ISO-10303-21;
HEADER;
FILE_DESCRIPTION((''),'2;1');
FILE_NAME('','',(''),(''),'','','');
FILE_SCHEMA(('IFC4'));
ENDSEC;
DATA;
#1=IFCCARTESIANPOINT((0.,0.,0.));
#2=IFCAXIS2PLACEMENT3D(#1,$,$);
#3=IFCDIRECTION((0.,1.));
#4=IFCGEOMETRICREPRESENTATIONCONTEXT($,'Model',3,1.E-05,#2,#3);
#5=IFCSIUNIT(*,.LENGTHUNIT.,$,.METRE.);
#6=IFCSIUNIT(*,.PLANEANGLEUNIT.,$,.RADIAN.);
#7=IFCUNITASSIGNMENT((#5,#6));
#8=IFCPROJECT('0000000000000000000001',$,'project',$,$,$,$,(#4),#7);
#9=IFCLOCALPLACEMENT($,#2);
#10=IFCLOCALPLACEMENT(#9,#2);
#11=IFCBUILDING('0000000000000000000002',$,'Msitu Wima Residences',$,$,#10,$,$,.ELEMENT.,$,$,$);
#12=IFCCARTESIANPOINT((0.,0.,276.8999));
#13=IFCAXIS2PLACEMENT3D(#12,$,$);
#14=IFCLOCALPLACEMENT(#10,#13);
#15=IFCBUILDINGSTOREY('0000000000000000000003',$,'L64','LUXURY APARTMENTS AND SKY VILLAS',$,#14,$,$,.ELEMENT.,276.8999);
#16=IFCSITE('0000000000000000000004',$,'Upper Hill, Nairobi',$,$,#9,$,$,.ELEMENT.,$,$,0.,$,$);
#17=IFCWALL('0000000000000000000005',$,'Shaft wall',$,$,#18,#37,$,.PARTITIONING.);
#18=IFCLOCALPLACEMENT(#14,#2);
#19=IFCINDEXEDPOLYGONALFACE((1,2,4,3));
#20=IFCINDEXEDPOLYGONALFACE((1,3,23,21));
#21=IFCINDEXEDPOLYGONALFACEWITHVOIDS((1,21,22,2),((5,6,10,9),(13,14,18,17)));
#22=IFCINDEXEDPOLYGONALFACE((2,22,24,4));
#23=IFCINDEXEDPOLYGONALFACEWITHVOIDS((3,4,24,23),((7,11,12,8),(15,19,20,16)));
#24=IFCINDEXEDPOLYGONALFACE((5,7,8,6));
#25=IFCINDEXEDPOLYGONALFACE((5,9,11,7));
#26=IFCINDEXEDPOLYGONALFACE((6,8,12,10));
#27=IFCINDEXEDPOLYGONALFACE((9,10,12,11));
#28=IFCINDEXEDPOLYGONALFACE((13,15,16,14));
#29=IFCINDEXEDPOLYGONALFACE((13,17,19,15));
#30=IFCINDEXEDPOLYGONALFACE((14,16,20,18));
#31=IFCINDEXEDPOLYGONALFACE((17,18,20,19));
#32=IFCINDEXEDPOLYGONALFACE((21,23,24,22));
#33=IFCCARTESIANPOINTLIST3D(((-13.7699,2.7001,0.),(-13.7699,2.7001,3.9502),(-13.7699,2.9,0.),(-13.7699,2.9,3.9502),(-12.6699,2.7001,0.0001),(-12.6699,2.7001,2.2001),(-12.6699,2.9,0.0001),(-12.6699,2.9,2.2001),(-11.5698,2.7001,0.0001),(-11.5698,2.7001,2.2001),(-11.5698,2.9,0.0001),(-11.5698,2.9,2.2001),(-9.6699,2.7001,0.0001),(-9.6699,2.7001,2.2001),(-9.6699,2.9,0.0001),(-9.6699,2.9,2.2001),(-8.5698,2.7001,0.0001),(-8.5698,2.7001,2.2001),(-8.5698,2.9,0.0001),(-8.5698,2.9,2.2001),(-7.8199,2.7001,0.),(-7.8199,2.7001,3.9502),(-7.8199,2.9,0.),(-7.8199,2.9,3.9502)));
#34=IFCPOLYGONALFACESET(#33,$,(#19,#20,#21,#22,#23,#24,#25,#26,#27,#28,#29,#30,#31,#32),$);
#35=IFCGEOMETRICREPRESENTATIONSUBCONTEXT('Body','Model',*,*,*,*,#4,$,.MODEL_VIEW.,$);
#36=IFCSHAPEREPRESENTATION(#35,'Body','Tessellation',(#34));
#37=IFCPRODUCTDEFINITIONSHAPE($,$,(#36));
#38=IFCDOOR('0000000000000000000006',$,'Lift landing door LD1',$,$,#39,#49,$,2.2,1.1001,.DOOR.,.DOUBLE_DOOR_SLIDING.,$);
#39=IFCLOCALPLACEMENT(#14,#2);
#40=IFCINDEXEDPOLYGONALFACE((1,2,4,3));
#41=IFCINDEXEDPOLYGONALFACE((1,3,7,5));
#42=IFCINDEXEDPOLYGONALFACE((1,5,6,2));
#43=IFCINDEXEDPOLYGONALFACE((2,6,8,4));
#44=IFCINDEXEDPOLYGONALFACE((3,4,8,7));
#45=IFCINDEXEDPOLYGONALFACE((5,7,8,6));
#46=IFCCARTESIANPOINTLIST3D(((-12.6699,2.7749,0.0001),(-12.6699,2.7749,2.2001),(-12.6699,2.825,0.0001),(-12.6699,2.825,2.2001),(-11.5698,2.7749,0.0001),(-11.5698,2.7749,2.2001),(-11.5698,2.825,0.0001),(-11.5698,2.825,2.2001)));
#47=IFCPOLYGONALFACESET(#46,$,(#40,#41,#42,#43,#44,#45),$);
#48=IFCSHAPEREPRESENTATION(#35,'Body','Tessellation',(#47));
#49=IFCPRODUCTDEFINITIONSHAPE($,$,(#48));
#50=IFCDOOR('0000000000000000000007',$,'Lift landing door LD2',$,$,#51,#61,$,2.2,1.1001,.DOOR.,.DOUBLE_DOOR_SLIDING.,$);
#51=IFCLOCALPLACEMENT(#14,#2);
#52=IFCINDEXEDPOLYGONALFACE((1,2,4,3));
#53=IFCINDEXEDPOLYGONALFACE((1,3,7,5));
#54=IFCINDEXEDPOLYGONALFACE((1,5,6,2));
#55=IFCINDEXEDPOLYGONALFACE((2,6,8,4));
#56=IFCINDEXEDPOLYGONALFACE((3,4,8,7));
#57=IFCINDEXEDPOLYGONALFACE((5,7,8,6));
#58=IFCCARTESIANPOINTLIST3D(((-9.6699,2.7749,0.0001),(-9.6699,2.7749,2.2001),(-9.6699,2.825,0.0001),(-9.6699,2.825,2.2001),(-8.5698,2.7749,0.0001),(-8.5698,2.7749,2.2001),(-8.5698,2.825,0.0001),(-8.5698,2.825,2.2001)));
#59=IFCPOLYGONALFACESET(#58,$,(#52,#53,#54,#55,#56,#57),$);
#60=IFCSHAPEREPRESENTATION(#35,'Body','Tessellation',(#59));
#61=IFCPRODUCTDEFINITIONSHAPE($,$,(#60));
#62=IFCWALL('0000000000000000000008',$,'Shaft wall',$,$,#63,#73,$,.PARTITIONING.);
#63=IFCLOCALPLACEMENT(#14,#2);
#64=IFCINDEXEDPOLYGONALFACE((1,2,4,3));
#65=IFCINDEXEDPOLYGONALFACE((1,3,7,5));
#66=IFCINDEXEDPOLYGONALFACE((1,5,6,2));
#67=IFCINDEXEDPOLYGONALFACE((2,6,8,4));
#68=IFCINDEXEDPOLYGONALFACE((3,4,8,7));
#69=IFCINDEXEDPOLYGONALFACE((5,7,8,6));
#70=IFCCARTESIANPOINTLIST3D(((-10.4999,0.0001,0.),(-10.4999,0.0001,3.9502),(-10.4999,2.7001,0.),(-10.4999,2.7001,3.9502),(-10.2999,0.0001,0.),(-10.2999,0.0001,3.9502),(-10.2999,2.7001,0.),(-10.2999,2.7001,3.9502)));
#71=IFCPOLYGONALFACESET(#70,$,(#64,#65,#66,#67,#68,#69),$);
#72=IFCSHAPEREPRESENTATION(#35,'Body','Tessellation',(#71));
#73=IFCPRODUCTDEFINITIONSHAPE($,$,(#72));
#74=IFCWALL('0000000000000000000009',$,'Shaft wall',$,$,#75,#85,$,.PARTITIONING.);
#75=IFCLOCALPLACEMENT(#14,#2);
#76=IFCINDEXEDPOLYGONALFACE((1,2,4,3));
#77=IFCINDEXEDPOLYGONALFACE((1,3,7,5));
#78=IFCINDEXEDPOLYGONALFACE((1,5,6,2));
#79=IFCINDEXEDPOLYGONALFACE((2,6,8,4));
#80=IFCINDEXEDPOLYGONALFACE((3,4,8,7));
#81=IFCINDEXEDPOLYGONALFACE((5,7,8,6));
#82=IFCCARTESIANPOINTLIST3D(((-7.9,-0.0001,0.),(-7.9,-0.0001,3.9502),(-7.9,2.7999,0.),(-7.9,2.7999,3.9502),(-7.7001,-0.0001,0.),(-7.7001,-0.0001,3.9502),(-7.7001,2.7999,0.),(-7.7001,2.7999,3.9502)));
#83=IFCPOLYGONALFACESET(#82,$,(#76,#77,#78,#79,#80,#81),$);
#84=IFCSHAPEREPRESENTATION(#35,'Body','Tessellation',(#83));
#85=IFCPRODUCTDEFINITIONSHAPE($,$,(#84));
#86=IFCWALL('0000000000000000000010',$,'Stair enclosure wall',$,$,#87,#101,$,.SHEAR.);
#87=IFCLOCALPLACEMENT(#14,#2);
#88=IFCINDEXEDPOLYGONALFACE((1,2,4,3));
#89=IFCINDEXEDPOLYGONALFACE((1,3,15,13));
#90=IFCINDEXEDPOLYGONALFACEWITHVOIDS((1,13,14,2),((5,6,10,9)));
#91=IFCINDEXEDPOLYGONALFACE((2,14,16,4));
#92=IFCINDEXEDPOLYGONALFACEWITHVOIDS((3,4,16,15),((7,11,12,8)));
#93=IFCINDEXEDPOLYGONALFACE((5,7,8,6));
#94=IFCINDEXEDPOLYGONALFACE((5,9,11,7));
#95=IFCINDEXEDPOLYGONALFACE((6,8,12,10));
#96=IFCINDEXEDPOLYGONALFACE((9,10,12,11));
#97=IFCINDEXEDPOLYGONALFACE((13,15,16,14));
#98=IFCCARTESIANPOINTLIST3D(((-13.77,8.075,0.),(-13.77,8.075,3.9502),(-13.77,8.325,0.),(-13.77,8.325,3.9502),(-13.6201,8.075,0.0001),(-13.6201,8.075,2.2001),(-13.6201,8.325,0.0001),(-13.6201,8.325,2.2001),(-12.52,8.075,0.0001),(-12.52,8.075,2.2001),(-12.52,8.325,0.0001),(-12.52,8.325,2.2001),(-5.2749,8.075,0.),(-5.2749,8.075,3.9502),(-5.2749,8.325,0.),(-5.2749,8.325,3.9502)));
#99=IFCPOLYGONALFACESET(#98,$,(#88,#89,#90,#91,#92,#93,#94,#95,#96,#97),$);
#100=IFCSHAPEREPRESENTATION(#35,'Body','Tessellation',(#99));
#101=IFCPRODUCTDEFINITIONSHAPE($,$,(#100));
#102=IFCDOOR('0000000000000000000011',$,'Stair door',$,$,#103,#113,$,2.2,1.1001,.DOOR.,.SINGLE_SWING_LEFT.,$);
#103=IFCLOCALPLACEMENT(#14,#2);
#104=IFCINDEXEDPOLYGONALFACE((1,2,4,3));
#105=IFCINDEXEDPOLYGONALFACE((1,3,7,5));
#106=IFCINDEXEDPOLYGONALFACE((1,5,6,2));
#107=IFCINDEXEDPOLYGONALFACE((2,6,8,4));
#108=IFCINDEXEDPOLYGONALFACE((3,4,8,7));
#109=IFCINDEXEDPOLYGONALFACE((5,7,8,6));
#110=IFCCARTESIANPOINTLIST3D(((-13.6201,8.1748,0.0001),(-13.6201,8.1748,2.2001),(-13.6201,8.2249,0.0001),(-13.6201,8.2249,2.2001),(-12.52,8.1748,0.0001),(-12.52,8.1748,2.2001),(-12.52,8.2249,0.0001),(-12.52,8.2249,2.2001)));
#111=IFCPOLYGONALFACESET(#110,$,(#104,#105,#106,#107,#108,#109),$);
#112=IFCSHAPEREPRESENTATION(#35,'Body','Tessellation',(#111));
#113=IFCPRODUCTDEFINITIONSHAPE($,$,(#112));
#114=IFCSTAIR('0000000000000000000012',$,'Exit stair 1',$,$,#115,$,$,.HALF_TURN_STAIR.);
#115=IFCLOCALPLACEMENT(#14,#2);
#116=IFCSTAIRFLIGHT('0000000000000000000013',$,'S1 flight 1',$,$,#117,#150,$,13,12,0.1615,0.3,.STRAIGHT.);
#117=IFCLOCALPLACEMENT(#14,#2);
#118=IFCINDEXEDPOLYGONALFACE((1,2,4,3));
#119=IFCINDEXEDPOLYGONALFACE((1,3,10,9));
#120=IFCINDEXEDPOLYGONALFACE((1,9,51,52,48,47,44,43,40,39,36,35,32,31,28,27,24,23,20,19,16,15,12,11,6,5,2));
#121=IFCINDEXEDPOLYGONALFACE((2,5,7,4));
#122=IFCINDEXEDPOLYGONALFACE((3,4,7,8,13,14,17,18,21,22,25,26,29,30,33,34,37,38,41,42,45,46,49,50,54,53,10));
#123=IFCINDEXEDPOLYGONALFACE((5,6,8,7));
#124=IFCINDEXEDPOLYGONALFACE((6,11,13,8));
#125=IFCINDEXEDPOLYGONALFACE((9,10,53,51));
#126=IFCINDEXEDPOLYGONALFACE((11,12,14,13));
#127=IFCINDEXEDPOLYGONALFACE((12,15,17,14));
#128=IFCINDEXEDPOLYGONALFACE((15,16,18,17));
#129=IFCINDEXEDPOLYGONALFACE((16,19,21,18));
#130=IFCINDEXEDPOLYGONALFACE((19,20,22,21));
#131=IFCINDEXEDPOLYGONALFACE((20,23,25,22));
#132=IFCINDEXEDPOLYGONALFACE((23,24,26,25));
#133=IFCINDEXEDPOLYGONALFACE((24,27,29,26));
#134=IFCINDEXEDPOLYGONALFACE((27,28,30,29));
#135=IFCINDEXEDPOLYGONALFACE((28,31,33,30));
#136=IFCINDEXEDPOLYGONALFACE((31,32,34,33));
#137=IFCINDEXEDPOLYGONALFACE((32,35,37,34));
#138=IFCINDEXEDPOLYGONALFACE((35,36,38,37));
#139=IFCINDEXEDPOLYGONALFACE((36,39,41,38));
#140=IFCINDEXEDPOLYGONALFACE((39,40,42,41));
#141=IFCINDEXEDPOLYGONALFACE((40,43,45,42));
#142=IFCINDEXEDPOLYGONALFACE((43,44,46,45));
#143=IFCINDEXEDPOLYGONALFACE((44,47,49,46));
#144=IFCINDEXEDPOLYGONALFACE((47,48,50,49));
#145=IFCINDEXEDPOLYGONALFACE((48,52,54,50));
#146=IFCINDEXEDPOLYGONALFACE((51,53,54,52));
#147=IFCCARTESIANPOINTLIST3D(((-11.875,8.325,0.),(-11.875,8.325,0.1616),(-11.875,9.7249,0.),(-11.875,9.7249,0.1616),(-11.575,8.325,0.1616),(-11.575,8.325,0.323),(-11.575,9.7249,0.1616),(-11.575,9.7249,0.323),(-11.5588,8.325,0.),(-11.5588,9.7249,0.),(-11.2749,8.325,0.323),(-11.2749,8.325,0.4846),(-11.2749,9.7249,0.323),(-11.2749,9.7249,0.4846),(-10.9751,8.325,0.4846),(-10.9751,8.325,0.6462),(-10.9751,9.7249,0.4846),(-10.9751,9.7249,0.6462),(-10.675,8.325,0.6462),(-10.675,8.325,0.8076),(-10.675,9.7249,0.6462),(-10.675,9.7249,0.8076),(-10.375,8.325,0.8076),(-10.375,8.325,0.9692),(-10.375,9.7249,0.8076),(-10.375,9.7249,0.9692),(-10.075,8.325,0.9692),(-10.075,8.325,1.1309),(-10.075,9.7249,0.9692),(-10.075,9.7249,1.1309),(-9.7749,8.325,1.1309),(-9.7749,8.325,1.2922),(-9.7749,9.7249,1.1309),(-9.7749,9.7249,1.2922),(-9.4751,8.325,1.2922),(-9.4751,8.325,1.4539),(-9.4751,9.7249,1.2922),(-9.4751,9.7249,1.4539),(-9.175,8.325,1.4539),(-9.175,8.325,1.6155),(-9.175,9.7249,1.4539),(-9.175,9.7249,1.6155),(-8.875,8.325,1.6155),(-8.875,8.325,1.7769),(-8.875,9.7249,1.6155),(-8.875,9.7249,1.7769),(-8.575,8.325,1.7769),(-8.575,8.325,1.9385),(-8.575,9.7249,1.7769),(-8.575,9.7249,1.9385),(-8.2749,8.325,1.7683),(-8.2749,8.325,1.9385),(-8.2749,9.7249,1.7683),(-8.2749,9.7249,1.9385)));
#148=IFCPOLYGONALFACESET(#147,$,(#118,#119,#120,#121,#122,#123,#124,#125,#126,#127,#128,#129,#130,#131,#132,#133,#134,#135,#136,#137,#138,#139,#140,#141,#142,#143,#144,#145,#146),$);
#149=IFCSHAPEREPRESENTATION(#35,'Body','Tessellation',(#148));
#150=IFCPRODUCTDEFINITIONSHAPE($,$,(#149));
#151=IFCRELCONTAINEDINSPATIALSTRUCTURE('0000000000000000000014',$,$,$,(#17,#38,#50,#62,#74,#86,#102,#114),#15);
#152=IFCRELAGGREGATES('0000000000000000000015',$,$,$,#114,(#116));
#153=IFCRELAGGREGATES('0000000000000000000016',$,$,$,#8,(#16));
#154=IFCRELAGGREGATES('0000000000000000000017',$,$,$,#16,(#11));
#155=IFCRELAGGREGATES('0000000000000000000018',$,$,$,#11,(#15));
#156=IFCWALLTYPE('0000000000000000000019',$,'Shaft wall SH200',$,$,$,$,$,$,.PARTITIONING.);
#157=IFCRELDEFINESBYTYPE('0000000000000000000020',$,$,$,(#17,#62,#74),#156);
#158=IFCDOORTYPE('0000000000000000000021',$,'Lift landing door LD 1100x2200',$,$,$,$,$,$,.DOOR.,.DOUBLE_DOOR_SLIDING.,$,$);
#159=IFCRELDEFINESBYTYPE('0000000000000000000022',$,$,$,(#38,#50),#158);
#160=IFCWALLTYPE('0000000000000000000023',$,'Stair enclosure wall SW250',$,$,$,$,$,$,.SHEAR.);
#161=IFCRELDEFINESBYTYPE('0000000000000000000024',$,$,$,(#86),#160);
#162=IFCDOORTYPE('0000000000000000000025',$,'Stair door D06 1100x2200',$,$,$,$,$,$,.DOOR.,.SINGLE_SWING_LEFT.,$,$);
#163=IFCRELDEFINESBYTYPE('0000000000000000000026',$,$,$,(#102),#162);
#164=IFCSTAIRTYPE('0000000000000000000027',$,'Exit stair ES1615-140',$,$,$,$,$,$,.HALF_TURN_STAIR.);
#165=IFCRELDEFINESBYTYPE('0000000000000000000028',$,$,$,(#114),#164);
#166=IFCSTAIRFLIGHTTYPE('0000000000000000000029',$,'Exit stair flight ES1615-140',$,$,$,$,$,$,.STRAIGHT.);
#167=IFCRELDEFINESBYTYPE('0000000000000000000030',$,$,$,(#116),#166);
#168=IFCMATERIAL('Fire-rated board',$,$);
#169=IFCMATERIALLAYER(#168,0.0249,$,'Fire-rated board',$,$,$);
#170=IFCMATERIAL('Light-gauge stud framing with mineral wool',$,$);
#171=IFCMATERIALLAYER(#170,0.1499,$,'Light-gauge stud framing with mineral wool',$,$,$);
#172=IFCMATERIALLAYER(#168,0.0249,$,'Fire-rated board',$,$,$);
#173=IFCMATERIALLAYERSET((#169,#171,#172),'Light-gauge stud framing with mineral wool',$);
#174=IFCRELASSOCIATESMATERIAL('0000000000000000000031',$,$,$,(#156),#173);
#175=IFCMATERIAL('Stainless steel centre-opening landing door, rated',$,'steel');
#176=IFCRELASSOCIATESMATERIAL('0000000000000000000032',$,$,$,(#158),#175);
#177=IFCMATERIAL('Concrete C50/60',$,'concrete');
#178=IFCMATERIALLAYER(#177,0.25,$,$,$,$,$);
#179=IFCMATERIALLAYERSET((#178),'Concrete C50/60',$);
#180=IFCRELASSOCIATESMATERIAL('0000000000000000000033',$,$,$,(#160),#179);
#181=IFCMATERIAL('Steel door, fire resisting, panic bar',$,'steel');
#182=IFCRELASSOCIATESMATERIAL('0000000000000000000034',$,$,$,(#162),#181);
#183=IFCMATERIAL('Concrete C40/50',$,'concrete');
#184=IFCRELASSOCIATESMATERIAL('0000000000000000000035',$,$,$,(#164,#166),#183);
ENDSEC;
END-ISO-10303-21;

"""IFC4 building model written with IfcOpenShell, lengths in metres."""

from ifc_helpers import new_model, si_unit, direction, frame, frame_2d, origin, place, context, subcontext, project, spatial, polyline, rectangle, outline, extrude, material, layer, layer_set, type_object, element, fill, aggregate, save


model = new_model("IFC4")

# Units and contexts
model_context = context("Model", 3, precision=1e-05, world=origin(), true_north=direction((0.0, 1.0)))
body_context = subcontext(model_context, "Body", "Model", "MODEL_VIEW")
ifc_project = project(units=[si_unit("LENGTHUNIT", "METRE"), si_unit("PLANEANGLEUNIT", "RADIAN")], contexts=[model_context])

# Site, building, storey
site_placement = place(None, origin())
site = spatial("IfcSite", under=ifc_project, at=site_placement, Name="Upper Hill, Nairobi", CompositionType="ELEMENT", RefElevation=0.0)
building_placement = place(site_placement, origin())
building = spatial("IfcBuilding", under=site, at=building_placement, Name="Msitu Wima Residences", CompositionType="ELEMENT")
storey_placement = place(building_placement, frame((0.0, 0.0, 276.8999)))
storey = spatial("IfcBuildingStorey", under=building, at=storey_placement, Name="L64", Description="LUXURY APARTMENTS AND SKY VILLAS", CompositionType="ELEMENT", Elevation=276.8999)

# Shared definitions
ifc_material_1 = material(Name="Concrete C40/50", Category="concrete")

# Shared definitions
ifc_material_2 = material(Name="Fire-rated board")
ifc_layer_1 = layer(ifc_material_2, 0.0249, Name="Fire-rated board")
ifc_material_3 = material(Name="Light-gauge stud framing with mineral wool")
ifc_layer_2 = layer(ifc_material_3, 0.1499, Name="Light-gauge stud framing with mineral wool")
ifc_layer_3 = layer(ifc_material_2, 0.0249, Name="Fire-rated board")
ifc_layer_set_1 = layer_set([ifc_layer_1, ifc_layer_2, ifc_layer_3], Name="Light-gauge stud framing with mineral wool")
wall_type_1 = type_object("IfcWallType", Name="Shaft wall SH200", PredefinedType="PARTITIONING", material=ifc_layer_set_1)

# Wall, openings, doors
wall_1_placement = place(storey_placement, frame((-13.77, 2.8, 0.0), z_axis=(0.0, 0.0, 1.0), x_axis=(1.0, 0.0, 0.0)))
wall_1 = element("IfcWall", 1, at=wall_1_placement, inside=storey, type_object=wall_type_1, Name="Shaft wall", PredefinedType="PARTITIONING", context=body_context, shape_type="SweptSolid", body=[
    extrude(rectangle(XDim=5.95, YDim=0.2, at=frame_2d((2.9751, 0.0))), origin(), (0.0, 0.0, 1.0), 3.9502),
])
opening_1_placement = place(wall_1_placement, frame((1.1001, 0.0, 0.0)))
opening_1 = element("IfcOpeningElement", 2, at=opening_1_placement, cuts=wall_1, PredefinedType="OPENING", context=body_context, shape_type="SweptSolid", body=[
    extrude(rectangle(XDim=1.1001, YDim=2.2, at=frame_2d((0.55, 1.1001))), frame((0.0, 0.1099, 0.0), z_axis=(0.0, -1.0, 0.0), x_axis=(1.0, 0.0, 0.0)), (0.0, 0.0, 1.0), 0.22),
])
opening_2_placement = place(wall_1_placement, frame((4.1001, 0.0, 0.0)))
opening_2 = element("IfcOpeningElement", 3, at=opening_2_placement, cuts=wall_1, PredefinedType="OPENING", context=body_context, shape_type="SweptSolid", body=[
    extrude(rectangle(XDim=1.1001, YDim=2.2, at=frame_2d((0.55, 1.1001))), frame((0.0, 0.1099, 0.0), z_axis=(0.0, -1.0, 0.0), x_axis=(1.0, 0.0, 0.0)), (0.0, 0.0, 1.0), 0.22),
])
ifc_material_4 = material(Name="Stainless steel centre-opening landing door, rated", Category="steel")
door_type_1 = type_object("IfcDoorType", Name="Lift landing door LD 1100x2200", OperationType="DOUBLE_DOOR_SLIDING", PredefinedType="DOOR", material=ifc_material_4)
door_1_placement = place(opening_1_placement, origin())
door_1 = element("IfcDoor", 4, at=door_1_placement, inside=storey, type_object=door_type_1, Name="Lift landing door LD1", OperationType="DOUBLE_DOOR_SLIDING", OverallHeight=2.2, OverallWidth=1.1001, PredefinedType="DOOR", context=body_context, shape_type="SweptSolid", body=[
    extrude(rectangle(XDim=1.1001, YDim=2.2, at=frame_2d((0.55, 1.1001))), frame((0.0, 0.0249, 0.0), z_axis=(0.0, -1.0, 0.0), x_axis=(1.0, 0.0, 0.0)), (0.0, 0.0, 1.0), 0.05),
])
fill(opening_1, door_1)
door_2_placement = place(opening_2_placement, origin())
door_2 = element("IfcDoor", 5, at=door_2_placement, inside=storey, type_object=door_type_1, Name="Lift landing door LD2", OperationType="DOUBLE_DOOR_SLIDING", OverallHeight=2.2, OverallWidth=1.1001, PredefinedType="DOOR", context=body_context, shape_type="SweptSolid", body=[
    extrude(rectangle(XDim=1.1001, YDim=2.2, at=frame_2d((0.55, 1.1001))), frame((0.0, 0.0249, 0.0), z_axis=(0.0, -1.0, 0.0), x_axis=(1.0, 0.0, 0.0)), (0.0, 0.0, 1.0), 0.05),
])
fill(opening_2, door_2)

# Walls
wall_2_placement = place(storey_placement, frame((-10.3999, 0.0, 0.0), z_axis=(0.0, 0.0, 1.0), x_axis=(0.0, 1.0, 0.0)))
element("IfcWall", 6, at=wall_2_placement, inside=storey, type_object=wall_type_1, Name="Shaft wall", PredefinedType="PARTITIONING", context=body_context, shape_type="SweptSolid", body=[
    extrude(rectangle(XDim=2.7, YDim=0.2, at=frame_2d((1.3501, 0.0))), origin(), (0.0, 0.0, 1.0), 3.9502),
])
wall_3_placement = place(storey_placement, frame((-7.8, 0.0, 0.0), z_axis=(0.0, 0.0, 1.0), x_axis=(0.0, 1.0, 0.0)))
element("IfcWall", 7, at=wall_3_placement, inside=storey, type_object=wall_type_1, Name="Shaft wall", PredefinedType="PARTITIONING", context=body_context, shape_type="SweptSolid", body=[
    extrude(rectangle(XDim=2.8, YDim=0.2, at=frame_2d((1.3999, 0.0))), origin(), (0.0, 0.0, 1.0), 3.9502),
])

# Wall, opening, door
ifc_material_5 = material(Name="Concrete C50/60", Category="concrete")
ifc_layer_4 = layer(ifc_material_5, 0.25)
ifc_layer_set_2 = layer_set([ifc_layer_4], Name="Concrete C50/60")
wall_type_2 = type_object("IfcWallType", Name="Stair enclosure wall SW250", PredefinedType="SHEAR", material=ifc_layer_set_2)
wall_4_placement = place(storey_placement, frame((-13.77, 8.2, 0.0), z_axis=(0.0, 0.0, 1.0), x_axis=(1.0, 0.0, 0.0)))
wall_4 = element("IfcWall", 8, at=wall_4_placement, inside=storey, type_object=wall_type_2, Name="Stair enclosure wall", PredefinedType="SHEAR", context=body_context, shape_type="SweptSolid", body=[
    extrude(rectangle(XDim=8.4951, YDim=0.25, at=frame_2d((4.2476, 0.0))), origin(), (0.0, 0.0, 1.0), 3.9502),
])
opening_3_placement = place(wall_4_placement, frame((0.1499, 0.0, 0.0)))
opening_3 = element("IfcOpeningElement", 9, at=opening_3_placement, cuts=wall_4, PredefinedType="OPENING", context=body_context, shape_type="SweptSolid", body=[
    extrude(rectangle(XDim=1.1001, YDim=2.2, at=frame_2d((0.55, 1.1001))), frame((0.0, 0.135, 0.0), z_axis=(0.0, -1.0, 0.0), x_axis=(1.0, 0.0, 0.0)), (0.0, 0.0, 1.0), 0.27),
])
ifc_material_6 = material(Name="Steel door, fire resisting, panic bar", Category="steel")
door_type_2 = type_object("IfcDoorType", Name="Stair door D06 1100x2200", OperationType="SINGLE_SWING_LEFT", PredefinedType="DOOR", material=ifc_material_6)
door_3_placement = place(opening_3_placement, origin())
door_3 = element("IfcDoor", 10, at=door_3_placement, inside=storey, type_object=door_type_2, Name="Stair door", OperationType="SINGLE_SWING_LEFT", OverallHeight=2.2, OverallWidth=1.1001, PredefinedType="DOOR", context=body_context, shape_type="SweptSolid", body=[
    extrude(rectangle(XDim=1.1001, YDim=2.2, at=frame_2d((0.55, 1.1001))), frame((0.0, 0.0249, 0.0), z_axis=(0.0, -1.0, 0.0), x_axis=(1.0, 0.0, 0.0)), (0.0, 0.0, 1.0), 0.05),
])
fill(opening_3, door_3)

# Stair, stair flight
stair_type = type_object("IfcStairType", Name="Exit stair ES1615-140", PredefinedType="HALF_TURN_STAIR", material=ifc_material_1)
stair_placement = place(storey_placement, origin())
stair = element("IfcStair", 11, at=stair_placement, inside=storey, type_object=stair_type, Name="Exit stair 1", PredefinedType="HALF_TURN_STAIR")
stair_flight_type = type_object("IfcStairFlightType", Name="Exit stair flight ES1615-140", PredefinedType="STRAIGHT", material=ifc_material_1)
stair_flight_placement = place(storey_placement, frame((-11.875, 9.0249, 0.0), z_axis=(0.0, 0.0, 1.0), x_axis=(1.0, 0.0, 0.0)))
stair_flight = element("IfcStairFlight", 12, at=stair_flight_placement, type_object=stair_flight_type, Name="S1 flight 1", NumberOfRisers=13, NumberOfTreads=12, PredefinedType="STRAIGHT", RiserHeight=0.1615, TreadLength=0.3, context=body_context, shape_type="SweptSolid", body=[
    extrude(outline(polyline([(0.0, 0.0), (0.0, 0.1616), (0.3, 0.1616), (0.3, 0.323), (0.6001, 0.323), (0.6001, 0.4846), (0.8999, 0.4846), (0.8999, 0.6462), (1.2, 0.6462), (1.2, 0.8076), (1.5, 0.8076), (1.5, 0.9692), (1.8, 0.9692), (1.8, 1.1309), (2.1001, 1.1309), (2.1001, 1.2922), (2.3999, 1.2922), (2.3999, 1.4539), (2.7, 1.4539), (2.7, 1.6155), (3.0, 1.6155), (3.0, 1.7769), (3.3, 1.7769), (3.3, 1.9385), (3.6001, 1.9385), (3.6001, 2.1001), (3.6001, 1.7683), (0.3162, 0.0), (0.0, 0.0)])), frame((0.0, 0.7, 0.0), z_axis=(0.0, -1.0, 0.0), x_axis=(1.0, 0.0, 0.0)), (0.0, 0.0, 1.0), 1.3999),
])
aggregate(stair, [stair_flight])

save(model, "model.ifc")
